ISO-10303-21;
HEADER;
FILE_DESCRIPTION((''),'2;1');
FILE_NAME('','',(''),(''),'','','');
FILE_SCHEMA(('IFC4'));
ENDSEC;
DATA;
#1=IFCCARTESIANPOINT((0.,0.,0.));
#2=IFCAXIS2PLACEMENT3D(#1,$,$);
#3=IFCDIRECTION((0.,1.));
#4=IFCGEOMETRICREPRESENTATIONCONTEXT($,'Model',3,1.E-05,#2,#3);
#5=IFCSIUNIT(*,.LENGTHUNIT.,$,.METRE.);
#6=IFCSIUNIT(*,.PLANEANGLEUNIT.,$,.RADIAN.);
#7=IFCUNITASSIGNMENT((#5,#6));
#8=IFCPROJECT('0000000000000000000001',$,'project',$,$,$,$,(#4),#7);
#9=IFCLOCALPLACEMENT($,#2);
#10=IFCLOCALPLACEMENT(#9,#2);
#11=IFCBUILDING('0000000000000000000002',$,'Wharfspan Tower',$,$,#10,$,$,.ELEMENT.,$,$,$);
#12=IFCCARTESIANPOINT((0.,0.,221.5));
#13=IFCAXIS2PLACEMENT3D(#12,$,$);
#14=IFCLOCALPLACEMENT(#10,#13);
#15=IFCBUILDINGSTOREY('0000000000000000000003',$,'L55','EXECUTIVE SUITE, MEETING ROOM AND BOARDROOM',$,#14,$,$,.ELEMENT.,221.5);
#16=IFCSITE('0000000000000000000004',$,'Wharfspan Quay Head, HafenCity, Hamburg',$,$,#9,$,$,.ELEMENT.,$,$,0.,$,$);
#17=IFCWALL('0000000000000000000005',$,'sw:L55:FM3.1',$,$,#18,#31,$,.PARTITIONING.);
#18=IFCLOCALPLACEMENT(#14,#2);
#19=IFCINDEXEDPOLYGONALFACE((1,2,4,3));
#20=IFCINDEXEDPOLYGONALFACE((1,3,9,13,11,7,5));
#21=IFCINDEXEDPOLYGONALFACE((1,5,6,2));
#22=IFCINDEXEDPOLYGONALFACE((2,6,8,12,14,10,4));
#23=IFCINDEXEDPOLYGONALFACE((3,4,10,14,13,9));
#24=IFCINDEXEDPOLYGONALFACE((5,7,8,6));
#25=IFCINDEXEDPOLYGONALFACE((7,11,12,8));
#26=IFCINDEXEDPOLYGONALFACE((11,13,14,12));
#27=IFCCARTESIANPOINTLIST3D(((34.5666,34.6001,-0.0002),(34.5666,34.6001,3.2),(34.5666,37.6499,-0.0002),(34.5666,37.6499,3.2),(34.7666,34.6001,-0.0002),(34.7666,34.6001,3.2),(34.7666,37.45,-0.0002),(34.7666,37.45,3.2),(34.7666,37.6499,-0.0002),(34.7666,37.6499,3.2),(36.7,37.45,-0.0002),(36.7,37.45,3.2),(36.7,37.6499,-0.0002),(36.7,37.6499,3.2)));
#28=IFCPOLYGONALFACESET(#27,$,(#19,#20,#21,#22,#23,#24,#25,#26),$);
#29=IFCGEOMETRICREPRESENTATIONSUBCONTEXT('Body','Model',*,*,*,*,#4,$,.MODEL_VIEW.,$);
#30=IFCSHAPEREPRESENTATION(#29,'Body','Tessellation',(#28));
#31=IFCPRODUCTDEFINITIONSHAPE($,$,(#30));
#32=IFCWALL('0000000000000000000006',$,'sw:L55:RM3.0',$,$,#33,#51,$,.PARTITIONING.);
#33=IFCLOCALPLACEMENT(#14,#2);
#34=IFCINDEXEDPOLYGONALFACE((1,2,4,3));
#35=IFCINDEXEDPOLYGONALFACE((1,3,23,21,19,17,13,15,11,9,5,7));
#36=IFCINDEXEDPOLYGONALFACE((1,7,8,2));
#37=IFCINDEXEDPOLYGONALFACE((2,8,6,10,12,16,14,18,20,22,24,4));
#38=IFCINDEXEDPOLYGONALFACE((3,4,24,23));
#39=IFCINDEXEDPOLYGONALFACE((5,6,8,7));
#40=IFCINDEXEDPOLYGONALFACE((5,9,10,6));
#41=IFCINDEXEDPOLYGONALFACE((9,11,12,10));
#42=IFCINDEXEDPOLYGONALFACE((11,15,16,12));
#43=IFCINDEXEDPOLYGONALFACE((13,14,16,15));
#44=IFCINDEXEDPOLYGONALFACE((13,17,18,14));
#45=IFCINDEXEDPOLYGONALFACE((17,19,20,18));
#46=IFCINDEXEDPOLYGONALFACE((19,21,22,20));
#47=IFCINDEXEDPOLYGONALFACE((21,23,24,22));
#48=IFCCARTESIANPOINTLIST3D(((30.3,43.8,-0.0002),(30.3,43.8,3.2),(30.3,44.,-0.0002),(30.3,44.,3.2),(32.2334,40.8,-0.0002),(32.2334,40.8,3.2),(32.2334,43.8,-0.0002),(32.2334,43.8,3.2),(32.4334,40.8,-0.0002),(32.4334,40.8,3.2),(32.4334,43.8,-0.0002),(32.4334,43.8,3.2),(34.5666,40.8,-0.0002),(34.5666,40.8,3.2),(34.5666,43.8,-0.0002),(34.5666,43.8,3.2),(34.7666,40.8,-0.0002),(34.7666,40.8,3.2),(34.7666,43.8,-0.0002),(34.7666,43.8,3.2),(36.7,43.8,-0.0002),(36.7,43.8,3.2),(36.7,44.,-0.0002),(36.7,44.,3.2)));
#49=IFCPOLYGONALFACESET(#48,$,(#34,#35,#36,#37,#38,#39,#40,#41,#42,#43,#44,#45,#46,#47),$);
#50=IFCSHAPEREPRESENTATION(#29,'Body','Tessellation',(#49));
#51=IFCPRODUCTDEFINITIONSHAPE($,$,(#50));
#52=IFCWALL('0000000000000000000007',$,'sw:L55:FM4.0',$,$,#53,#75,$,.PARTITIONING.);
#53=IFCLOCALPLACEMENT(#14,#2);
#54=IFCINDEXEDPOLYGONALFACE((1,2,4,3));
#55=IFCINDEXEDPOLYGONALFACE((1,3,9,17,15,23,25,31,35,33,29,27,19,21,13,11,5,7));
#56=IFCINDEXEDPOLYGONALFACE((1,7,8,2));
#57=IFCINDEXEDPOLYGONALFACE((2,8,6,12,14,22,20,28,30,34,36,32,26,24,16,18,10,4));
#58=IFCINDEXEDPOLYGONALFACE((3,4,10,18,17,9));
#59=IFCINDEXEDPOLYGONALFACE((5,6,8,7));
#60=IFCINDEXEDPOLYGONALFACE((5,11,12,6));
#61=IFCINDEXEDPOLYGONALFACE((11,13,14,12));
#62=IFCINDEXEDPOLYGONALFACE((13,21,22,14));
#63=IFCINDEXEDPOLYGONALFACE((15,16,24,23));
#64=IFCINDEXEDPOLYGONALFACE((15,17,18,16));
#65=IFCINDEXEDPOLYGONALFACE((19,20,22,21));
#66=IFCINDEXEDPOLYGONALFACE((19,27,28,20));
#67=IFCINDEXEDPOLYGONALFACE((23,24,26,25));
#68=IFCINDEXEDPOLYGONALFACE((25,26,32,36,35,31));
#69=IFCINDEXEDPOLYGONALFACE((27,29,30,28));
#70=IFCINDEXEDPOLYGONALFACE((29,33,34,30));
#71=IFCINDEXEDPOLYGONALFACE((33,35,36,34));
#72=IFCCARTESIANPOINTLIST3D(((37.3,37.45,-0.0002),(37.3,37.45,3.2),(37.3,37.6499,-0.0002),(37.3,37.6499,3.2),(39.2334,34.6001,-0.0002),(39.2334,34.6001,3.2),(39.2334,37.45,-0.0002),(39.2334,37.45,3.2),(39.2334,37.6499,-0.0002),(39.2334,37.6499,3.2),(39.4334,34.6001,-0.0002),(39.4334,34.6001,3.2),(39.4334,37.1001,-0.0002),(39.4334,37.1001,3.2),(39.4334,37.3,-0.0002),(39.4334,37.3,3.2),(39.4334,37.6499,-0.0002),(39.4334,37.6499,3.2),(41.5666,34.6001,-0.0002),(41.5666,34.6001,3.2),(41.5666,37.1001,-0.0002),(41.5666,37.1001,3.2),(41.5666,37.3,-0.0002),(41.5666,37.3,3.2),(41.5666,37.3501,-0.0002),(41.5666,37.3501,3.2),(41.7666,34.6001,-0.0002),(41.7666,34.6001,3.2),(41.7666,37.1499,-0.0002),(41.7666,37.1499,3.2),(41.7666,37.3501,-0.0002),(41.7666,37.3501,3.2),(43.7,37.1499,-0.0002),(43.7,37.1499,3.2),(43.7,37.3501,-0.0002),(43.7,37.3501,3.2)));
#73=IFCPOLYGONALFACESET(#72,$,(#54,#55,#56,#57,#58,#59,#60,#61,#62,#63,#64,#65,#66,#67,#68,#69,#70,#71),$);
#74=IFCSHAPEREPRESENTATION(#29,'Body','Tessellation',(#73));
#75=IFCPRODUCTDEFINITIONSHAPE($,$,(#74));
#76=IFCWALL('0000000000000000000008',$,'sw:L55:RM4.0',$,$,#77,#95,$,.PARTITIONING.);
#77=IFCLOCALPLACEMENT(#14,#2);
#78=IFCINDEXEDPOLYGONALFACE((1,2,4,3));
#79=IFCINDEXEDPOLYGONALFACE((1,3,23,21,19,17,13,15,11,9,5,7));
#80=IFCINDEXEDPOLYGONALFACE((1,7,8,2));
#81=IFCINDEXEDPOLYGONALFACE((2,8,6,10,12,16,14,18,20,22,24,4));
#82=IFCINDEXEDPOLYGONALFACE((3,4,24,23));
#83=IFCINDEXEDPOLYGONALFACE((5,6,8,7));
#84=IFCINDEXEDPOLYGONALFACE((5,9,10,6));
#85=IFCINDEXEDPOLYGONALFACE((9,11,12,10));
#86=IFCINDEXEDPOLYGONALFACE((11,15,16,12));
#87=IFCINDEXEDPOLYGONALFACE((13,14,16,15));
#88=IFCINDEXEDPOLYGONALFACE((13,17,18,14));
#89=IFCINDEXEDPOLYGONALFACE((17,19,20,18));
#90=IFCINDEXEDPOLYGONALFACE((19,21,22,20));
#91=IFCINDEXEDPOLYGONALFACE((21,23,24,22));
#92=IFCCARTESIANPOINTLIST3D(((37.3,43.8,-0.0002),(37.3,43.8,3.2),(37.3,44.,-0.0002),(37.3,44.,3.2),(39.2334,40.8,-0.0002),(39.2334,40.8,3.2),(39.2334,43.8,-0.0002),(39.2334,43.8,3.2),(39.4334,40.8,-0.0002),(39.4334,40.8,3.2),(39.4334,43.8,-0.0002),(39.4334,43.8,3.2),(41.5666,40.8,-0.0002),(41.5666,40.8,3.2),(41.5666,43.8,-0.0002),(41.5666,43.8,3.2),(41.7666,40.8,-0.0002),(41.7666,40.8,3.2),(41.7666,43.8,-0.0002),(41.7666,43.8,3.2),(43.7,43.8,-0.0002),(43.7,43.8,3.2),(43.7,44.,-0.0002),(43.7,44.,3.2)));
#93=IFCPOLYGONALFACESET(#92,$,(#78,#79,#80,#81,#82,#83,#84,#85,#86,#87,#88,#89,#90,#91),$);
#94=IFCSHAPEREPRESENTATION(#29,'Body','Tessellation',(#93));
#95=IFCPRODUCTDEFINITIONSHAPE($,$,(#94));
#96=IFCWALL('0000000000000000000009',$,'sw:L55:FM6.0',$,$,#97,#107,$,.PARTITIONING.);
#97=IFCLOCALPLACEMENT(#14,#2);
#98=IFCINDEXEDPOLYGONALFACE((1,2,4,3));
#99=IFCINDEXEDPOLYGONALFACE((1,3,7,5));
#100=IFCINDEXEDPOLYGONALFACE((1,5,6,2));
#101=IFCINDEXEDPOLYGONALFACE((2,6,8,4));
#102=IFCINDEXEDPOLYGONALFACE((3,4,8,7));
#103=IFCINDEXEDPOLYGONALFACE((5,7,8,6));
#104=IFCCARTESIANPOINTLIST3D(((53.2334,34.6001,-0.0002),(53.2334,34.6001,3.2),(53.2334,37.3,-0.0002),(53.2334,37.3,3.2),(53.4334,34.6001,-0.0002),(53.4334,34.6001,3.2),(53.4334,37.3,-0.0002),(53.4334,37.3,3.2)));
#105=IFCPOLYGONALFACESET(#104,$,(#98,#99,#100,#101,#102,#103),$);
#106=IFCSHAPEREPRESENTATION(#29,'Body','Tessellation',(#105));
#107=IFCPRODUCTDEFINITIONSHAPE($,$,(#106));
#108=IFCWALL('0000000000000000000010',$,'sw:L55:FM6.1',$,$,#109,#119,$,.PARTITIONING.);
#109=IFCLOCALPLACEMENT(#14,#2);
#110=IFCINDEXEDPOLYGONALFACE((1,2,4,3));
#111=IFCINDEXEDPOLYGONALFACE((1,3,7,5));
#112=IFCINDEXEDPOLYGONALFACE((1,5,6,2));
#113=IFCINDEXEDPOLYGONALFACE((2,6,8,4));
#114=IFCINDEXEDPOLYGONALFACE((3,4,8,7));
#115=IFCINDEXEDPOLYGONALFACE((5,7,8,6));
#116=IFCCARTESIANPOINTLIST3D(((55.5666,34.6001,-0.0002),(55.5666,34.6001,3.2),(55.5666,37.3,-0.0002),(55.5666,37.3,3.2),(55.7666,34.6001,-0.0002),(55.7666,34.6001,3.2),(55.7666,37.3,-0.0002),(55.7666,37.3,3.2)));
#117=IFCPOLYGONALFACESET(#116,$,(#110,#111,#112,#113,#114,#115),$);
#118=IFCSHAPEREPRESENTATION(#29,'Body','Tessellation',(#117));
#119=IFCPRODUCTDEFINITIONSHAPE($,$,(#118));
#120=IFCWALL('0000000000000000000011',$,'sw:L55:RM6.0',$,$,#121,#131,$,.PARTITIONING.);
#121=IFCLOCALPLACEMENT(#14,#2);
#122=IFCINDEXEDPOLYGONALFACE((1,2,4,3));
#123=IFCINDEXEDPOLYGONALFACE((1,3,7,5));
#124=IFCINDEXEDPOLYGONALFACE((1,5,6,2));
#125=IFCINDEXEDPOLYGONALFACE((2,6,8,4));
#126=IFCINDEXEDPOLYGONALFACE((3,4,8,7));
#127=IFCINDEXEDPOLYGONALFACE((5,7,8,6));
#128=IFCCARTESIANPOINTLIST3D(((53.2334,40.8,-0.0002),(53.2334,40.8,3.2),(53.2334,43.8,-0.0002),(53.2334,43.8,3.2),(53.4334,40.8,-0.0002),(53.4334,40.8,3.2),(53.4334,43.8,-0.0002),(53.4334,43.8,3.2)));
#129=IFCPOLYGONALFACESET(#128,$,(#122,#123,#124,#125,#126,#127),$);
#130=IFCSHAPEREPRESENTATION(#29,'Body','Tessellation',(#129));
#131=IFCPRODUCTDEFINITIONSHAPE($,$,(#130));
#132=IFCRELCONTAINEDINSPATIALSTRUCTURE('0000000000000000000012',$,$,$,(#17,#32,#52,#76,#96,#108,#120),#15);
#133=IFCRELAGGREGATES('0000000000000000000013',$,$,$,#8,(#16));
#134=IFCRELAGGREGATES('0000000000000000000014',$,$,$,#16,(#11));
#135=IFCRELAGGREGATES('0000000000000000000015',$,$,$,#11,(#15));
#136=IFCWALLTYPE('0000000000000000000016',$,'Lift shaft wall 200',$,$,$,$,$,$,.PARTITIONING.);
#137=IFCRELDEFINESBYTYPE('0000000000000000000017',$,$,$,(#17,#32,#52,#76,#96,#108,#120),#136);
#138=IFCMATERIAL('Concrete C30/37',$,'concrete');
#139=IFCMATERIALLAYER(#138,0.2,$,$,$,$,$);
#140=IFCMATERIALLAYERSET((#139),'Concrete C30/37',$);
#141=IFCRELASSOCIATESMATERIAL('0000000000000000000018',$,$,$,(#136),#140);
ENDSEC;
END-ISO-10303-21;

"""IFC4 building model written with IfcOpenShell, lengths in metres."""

from ifc_helpers import new_model, si_unit, direction, frame, origin, place, context, subcontext, project, spatial, polyline, outline, extrude, material, layer, layer_set, type_object, element, save


model = new_model("IFC4")

# Units and contexts
model_context = context("Model", 3, precision=1e-05, world=origin(), true_north=direction((0.0, 1.0)))
body_context = subcontext(model_context, "Body", "Model", "MODEL_VIEW")
ifc_project = project(units=[si_unit("LENGTHUNIT", "METRE"), si_unit("PLANEANGLEUNIT", "RADIAN")], contexts=[model_context])

# Site, building, storey
site_placement = place(None, origin())
site = spatial("IfcSite", under=ifc_project, at=site_placement, Name="Wharfspan Quay Head, HafenCity, Hamburg", CompositionType="ELEMENT", RefElevation=0.0)
building_placement = place(site_placement, origin())
building = spatial("IfcBuilding", under=site, at=building_placement, Name="Wharfspan Tower", CompositionType="ELEMENT")
storey_placement = place(building_placement, frame((0.0, 0.0, 221.5)))
storey = spatial("IfcBuildingStorey", under=building, at=storey_placement, Name="L55", Description="EXECUTIVE SUITE, MEETING ROOM AND BOARDROOM", CompositionType="ELEMENT", Elevation=221.5)

# Walls
ifc_material_1 = material(Name="Concrete C30/37", Category="concrete")
ifc_layer_1 = layer(ifc_material_1, 0.2)
ifc_layer_set_1 = layer_set([ifc_layer_1], Name="Concrete C30/37")
wall_type_1 = type_object("IfcWallType", Name="Lift shaft wall 200", PredefinedType="PARTITIONING", material=ifc_layer_set_1)
wall_1_placement = place(storey_placement, frame((0.0, 0.0, -0.0002)))
element("IfcWall", 1, at=wall_1_placement, inside=storey, type_object=wall_type_1, Name="sw:L55:FM3.1", PredefinedType="PARTITIONING", context=body_context, shape_type="SweptSolid", body=[
    extrude(outline(polyline([(34.5667, 37.6499), (34.7666, 37.6499), (36.7, 37.6499), (36.7, 37.45), (34.7666, 37.45), (34.7666, 34.6001), (34.5667, 34.6001), (34.5667, 37.6499)])), origin(), (0.0, 0.0, 1.0), 3.2002),
])
wall_2_placement = place(storey_placement, frame((0.0, 0.0, -0.0002)))
element("IfcWall", 2, at=wall_2_placement, inside=storey, type_object=wall_type_1, Name="sw:L55:RM3.0", PredefinedType="PARTITIONING", context=body_context, shape_type="SweptSolid", body=[
    extrude(outline(polyline([(32.4333, 40.8), (32.2334, 40.8), (32.2334, 43.8), (30.3, 43.8), (30.3, 44.0), (36.7, 44.0), (36.7, 43.8), (34.7666, 43.8), (34.7666, 40.8), (34.5667, 40.8), (34.5667, 43.8), (32.4333, 43.8), (32.4333, 40.8)])), origin(), (0.0, 0.0, 1.0), 3.2002),
])
wall_3_placement = place(storey_placement, frame((0.0, 0.0, -0.0002)))
element("IfcWall", 3, at=wall_3_placement, inside=storey, type_object=wall_type_1, Name="sw:L55:FM4.0", PredefinedType="PARTITIONING", context=body_context, shape_type="SweptSolid", body=[
    extrude(outline(polyline([(41.5667, 37.1001), (39.4333, 37.1001), (39.4333, 34.6001), (39.2334, 34.6001), (39.2334, 37.45), (37.3, 37.45), (37.3, 37.6499), (39.2334, 37.6499), (39.4333, 37.6499), (39.4333, 37.3), (41.5667, 37.3), (41.5667, 37.3501), (41.7666, 37.3501), (43.7, 37.3501), (43.7, 37.1499), (41.7666, 37.1499), (41.7666, 34.6001), (41.5667, 34.6001), (41.5667, 37.1001)])), origin(), (0.0, 0.0, 1.0), 3.2002),
])
wall_4_placement = place(storey_placement, frame((0.0, 0.0, -0.0002)))
element("IfcWall", 4, at=wall_4_placement, inside=storey, type_object=wall_type_1, Name="sw:L55:RM4.0", PredefinedType="PARTITIONING", context=body_context, shape_type="SweptSolid", body=[
    extrude(outline(polyline([(39.4333, 40.8), (39.2334, 40.8), (39.2334, 43.8), (37.3, 43.8), (37.3, 44.0), (43.7, 44.0), (43.7, 43.8), (41.7666, 43.8), (41.7666, 40.8), (41.5667, 40.8), (41.5667, 43.8), (39.4333, 43.8), (39.4333, 40.8)])), origin(), (0.0, 0.0, 1.0), 3.2002),
])
wall_5_placement = place(storey_placement, frame((0.0, 0.0, -0.0002)))
element("IfcWall", 5, at=wall_5_placement, inside=storey, type_object=wall_type_1, Name="sw:L55:FM6.0", PredefinedType="PARTITIONING", context=body_context, shape_type="SweptSolid", body=[
    extrude(outline(polyline([(53.2334, 34.6001), (53.2334, 37.3), (53.4333, 37.3), (53.4333, 34.6001), (53.2334, 34.6001)])), origin(), (0.0, 0.0, 1.0), 3.2002),
])
wall_6_placement = place(storey_placement, frame((0.0, 0.0, -0.0002)))
element("IfcWall", 6, at=wall_6_placement, inside=storey, type_object=wall_type_1, Name="sw:L55:FM6.1", PredefinedType="PARTITIONING", context=body_context, shape_type="SweptSolid", body=[
    extrude(outline(polyline([(55.5667, 34.6001), (55.5667, 37.3), (55.7666, 37.3), (55.7666, 34.6001), (55.5667, 34.6001)])), origin(), (0.0, 0.0, 1.0), 3.2002),
])
wall_7_placement = place(storey_placement, frame((0.0, 0.0, -0.0002)))
element("IfcWall", 7, at=wall_7_placement, inside=storey, type_object=wall_type_1, Name="sw:L55:RM6.0", PredefinedType="PARTITIONING", context=body_context, shape_type="SweptSolid", body=[
    extrude(outline(polyline([(53.4333, 40.8), (53.4333, 43.8), (53.2334, 43.8), (53.2334, 40.8), (53.4333, 40.8)])), origin(), (0.0, 0.0, 1.0), 3.2002),
])

save(model, "model.ifc")
